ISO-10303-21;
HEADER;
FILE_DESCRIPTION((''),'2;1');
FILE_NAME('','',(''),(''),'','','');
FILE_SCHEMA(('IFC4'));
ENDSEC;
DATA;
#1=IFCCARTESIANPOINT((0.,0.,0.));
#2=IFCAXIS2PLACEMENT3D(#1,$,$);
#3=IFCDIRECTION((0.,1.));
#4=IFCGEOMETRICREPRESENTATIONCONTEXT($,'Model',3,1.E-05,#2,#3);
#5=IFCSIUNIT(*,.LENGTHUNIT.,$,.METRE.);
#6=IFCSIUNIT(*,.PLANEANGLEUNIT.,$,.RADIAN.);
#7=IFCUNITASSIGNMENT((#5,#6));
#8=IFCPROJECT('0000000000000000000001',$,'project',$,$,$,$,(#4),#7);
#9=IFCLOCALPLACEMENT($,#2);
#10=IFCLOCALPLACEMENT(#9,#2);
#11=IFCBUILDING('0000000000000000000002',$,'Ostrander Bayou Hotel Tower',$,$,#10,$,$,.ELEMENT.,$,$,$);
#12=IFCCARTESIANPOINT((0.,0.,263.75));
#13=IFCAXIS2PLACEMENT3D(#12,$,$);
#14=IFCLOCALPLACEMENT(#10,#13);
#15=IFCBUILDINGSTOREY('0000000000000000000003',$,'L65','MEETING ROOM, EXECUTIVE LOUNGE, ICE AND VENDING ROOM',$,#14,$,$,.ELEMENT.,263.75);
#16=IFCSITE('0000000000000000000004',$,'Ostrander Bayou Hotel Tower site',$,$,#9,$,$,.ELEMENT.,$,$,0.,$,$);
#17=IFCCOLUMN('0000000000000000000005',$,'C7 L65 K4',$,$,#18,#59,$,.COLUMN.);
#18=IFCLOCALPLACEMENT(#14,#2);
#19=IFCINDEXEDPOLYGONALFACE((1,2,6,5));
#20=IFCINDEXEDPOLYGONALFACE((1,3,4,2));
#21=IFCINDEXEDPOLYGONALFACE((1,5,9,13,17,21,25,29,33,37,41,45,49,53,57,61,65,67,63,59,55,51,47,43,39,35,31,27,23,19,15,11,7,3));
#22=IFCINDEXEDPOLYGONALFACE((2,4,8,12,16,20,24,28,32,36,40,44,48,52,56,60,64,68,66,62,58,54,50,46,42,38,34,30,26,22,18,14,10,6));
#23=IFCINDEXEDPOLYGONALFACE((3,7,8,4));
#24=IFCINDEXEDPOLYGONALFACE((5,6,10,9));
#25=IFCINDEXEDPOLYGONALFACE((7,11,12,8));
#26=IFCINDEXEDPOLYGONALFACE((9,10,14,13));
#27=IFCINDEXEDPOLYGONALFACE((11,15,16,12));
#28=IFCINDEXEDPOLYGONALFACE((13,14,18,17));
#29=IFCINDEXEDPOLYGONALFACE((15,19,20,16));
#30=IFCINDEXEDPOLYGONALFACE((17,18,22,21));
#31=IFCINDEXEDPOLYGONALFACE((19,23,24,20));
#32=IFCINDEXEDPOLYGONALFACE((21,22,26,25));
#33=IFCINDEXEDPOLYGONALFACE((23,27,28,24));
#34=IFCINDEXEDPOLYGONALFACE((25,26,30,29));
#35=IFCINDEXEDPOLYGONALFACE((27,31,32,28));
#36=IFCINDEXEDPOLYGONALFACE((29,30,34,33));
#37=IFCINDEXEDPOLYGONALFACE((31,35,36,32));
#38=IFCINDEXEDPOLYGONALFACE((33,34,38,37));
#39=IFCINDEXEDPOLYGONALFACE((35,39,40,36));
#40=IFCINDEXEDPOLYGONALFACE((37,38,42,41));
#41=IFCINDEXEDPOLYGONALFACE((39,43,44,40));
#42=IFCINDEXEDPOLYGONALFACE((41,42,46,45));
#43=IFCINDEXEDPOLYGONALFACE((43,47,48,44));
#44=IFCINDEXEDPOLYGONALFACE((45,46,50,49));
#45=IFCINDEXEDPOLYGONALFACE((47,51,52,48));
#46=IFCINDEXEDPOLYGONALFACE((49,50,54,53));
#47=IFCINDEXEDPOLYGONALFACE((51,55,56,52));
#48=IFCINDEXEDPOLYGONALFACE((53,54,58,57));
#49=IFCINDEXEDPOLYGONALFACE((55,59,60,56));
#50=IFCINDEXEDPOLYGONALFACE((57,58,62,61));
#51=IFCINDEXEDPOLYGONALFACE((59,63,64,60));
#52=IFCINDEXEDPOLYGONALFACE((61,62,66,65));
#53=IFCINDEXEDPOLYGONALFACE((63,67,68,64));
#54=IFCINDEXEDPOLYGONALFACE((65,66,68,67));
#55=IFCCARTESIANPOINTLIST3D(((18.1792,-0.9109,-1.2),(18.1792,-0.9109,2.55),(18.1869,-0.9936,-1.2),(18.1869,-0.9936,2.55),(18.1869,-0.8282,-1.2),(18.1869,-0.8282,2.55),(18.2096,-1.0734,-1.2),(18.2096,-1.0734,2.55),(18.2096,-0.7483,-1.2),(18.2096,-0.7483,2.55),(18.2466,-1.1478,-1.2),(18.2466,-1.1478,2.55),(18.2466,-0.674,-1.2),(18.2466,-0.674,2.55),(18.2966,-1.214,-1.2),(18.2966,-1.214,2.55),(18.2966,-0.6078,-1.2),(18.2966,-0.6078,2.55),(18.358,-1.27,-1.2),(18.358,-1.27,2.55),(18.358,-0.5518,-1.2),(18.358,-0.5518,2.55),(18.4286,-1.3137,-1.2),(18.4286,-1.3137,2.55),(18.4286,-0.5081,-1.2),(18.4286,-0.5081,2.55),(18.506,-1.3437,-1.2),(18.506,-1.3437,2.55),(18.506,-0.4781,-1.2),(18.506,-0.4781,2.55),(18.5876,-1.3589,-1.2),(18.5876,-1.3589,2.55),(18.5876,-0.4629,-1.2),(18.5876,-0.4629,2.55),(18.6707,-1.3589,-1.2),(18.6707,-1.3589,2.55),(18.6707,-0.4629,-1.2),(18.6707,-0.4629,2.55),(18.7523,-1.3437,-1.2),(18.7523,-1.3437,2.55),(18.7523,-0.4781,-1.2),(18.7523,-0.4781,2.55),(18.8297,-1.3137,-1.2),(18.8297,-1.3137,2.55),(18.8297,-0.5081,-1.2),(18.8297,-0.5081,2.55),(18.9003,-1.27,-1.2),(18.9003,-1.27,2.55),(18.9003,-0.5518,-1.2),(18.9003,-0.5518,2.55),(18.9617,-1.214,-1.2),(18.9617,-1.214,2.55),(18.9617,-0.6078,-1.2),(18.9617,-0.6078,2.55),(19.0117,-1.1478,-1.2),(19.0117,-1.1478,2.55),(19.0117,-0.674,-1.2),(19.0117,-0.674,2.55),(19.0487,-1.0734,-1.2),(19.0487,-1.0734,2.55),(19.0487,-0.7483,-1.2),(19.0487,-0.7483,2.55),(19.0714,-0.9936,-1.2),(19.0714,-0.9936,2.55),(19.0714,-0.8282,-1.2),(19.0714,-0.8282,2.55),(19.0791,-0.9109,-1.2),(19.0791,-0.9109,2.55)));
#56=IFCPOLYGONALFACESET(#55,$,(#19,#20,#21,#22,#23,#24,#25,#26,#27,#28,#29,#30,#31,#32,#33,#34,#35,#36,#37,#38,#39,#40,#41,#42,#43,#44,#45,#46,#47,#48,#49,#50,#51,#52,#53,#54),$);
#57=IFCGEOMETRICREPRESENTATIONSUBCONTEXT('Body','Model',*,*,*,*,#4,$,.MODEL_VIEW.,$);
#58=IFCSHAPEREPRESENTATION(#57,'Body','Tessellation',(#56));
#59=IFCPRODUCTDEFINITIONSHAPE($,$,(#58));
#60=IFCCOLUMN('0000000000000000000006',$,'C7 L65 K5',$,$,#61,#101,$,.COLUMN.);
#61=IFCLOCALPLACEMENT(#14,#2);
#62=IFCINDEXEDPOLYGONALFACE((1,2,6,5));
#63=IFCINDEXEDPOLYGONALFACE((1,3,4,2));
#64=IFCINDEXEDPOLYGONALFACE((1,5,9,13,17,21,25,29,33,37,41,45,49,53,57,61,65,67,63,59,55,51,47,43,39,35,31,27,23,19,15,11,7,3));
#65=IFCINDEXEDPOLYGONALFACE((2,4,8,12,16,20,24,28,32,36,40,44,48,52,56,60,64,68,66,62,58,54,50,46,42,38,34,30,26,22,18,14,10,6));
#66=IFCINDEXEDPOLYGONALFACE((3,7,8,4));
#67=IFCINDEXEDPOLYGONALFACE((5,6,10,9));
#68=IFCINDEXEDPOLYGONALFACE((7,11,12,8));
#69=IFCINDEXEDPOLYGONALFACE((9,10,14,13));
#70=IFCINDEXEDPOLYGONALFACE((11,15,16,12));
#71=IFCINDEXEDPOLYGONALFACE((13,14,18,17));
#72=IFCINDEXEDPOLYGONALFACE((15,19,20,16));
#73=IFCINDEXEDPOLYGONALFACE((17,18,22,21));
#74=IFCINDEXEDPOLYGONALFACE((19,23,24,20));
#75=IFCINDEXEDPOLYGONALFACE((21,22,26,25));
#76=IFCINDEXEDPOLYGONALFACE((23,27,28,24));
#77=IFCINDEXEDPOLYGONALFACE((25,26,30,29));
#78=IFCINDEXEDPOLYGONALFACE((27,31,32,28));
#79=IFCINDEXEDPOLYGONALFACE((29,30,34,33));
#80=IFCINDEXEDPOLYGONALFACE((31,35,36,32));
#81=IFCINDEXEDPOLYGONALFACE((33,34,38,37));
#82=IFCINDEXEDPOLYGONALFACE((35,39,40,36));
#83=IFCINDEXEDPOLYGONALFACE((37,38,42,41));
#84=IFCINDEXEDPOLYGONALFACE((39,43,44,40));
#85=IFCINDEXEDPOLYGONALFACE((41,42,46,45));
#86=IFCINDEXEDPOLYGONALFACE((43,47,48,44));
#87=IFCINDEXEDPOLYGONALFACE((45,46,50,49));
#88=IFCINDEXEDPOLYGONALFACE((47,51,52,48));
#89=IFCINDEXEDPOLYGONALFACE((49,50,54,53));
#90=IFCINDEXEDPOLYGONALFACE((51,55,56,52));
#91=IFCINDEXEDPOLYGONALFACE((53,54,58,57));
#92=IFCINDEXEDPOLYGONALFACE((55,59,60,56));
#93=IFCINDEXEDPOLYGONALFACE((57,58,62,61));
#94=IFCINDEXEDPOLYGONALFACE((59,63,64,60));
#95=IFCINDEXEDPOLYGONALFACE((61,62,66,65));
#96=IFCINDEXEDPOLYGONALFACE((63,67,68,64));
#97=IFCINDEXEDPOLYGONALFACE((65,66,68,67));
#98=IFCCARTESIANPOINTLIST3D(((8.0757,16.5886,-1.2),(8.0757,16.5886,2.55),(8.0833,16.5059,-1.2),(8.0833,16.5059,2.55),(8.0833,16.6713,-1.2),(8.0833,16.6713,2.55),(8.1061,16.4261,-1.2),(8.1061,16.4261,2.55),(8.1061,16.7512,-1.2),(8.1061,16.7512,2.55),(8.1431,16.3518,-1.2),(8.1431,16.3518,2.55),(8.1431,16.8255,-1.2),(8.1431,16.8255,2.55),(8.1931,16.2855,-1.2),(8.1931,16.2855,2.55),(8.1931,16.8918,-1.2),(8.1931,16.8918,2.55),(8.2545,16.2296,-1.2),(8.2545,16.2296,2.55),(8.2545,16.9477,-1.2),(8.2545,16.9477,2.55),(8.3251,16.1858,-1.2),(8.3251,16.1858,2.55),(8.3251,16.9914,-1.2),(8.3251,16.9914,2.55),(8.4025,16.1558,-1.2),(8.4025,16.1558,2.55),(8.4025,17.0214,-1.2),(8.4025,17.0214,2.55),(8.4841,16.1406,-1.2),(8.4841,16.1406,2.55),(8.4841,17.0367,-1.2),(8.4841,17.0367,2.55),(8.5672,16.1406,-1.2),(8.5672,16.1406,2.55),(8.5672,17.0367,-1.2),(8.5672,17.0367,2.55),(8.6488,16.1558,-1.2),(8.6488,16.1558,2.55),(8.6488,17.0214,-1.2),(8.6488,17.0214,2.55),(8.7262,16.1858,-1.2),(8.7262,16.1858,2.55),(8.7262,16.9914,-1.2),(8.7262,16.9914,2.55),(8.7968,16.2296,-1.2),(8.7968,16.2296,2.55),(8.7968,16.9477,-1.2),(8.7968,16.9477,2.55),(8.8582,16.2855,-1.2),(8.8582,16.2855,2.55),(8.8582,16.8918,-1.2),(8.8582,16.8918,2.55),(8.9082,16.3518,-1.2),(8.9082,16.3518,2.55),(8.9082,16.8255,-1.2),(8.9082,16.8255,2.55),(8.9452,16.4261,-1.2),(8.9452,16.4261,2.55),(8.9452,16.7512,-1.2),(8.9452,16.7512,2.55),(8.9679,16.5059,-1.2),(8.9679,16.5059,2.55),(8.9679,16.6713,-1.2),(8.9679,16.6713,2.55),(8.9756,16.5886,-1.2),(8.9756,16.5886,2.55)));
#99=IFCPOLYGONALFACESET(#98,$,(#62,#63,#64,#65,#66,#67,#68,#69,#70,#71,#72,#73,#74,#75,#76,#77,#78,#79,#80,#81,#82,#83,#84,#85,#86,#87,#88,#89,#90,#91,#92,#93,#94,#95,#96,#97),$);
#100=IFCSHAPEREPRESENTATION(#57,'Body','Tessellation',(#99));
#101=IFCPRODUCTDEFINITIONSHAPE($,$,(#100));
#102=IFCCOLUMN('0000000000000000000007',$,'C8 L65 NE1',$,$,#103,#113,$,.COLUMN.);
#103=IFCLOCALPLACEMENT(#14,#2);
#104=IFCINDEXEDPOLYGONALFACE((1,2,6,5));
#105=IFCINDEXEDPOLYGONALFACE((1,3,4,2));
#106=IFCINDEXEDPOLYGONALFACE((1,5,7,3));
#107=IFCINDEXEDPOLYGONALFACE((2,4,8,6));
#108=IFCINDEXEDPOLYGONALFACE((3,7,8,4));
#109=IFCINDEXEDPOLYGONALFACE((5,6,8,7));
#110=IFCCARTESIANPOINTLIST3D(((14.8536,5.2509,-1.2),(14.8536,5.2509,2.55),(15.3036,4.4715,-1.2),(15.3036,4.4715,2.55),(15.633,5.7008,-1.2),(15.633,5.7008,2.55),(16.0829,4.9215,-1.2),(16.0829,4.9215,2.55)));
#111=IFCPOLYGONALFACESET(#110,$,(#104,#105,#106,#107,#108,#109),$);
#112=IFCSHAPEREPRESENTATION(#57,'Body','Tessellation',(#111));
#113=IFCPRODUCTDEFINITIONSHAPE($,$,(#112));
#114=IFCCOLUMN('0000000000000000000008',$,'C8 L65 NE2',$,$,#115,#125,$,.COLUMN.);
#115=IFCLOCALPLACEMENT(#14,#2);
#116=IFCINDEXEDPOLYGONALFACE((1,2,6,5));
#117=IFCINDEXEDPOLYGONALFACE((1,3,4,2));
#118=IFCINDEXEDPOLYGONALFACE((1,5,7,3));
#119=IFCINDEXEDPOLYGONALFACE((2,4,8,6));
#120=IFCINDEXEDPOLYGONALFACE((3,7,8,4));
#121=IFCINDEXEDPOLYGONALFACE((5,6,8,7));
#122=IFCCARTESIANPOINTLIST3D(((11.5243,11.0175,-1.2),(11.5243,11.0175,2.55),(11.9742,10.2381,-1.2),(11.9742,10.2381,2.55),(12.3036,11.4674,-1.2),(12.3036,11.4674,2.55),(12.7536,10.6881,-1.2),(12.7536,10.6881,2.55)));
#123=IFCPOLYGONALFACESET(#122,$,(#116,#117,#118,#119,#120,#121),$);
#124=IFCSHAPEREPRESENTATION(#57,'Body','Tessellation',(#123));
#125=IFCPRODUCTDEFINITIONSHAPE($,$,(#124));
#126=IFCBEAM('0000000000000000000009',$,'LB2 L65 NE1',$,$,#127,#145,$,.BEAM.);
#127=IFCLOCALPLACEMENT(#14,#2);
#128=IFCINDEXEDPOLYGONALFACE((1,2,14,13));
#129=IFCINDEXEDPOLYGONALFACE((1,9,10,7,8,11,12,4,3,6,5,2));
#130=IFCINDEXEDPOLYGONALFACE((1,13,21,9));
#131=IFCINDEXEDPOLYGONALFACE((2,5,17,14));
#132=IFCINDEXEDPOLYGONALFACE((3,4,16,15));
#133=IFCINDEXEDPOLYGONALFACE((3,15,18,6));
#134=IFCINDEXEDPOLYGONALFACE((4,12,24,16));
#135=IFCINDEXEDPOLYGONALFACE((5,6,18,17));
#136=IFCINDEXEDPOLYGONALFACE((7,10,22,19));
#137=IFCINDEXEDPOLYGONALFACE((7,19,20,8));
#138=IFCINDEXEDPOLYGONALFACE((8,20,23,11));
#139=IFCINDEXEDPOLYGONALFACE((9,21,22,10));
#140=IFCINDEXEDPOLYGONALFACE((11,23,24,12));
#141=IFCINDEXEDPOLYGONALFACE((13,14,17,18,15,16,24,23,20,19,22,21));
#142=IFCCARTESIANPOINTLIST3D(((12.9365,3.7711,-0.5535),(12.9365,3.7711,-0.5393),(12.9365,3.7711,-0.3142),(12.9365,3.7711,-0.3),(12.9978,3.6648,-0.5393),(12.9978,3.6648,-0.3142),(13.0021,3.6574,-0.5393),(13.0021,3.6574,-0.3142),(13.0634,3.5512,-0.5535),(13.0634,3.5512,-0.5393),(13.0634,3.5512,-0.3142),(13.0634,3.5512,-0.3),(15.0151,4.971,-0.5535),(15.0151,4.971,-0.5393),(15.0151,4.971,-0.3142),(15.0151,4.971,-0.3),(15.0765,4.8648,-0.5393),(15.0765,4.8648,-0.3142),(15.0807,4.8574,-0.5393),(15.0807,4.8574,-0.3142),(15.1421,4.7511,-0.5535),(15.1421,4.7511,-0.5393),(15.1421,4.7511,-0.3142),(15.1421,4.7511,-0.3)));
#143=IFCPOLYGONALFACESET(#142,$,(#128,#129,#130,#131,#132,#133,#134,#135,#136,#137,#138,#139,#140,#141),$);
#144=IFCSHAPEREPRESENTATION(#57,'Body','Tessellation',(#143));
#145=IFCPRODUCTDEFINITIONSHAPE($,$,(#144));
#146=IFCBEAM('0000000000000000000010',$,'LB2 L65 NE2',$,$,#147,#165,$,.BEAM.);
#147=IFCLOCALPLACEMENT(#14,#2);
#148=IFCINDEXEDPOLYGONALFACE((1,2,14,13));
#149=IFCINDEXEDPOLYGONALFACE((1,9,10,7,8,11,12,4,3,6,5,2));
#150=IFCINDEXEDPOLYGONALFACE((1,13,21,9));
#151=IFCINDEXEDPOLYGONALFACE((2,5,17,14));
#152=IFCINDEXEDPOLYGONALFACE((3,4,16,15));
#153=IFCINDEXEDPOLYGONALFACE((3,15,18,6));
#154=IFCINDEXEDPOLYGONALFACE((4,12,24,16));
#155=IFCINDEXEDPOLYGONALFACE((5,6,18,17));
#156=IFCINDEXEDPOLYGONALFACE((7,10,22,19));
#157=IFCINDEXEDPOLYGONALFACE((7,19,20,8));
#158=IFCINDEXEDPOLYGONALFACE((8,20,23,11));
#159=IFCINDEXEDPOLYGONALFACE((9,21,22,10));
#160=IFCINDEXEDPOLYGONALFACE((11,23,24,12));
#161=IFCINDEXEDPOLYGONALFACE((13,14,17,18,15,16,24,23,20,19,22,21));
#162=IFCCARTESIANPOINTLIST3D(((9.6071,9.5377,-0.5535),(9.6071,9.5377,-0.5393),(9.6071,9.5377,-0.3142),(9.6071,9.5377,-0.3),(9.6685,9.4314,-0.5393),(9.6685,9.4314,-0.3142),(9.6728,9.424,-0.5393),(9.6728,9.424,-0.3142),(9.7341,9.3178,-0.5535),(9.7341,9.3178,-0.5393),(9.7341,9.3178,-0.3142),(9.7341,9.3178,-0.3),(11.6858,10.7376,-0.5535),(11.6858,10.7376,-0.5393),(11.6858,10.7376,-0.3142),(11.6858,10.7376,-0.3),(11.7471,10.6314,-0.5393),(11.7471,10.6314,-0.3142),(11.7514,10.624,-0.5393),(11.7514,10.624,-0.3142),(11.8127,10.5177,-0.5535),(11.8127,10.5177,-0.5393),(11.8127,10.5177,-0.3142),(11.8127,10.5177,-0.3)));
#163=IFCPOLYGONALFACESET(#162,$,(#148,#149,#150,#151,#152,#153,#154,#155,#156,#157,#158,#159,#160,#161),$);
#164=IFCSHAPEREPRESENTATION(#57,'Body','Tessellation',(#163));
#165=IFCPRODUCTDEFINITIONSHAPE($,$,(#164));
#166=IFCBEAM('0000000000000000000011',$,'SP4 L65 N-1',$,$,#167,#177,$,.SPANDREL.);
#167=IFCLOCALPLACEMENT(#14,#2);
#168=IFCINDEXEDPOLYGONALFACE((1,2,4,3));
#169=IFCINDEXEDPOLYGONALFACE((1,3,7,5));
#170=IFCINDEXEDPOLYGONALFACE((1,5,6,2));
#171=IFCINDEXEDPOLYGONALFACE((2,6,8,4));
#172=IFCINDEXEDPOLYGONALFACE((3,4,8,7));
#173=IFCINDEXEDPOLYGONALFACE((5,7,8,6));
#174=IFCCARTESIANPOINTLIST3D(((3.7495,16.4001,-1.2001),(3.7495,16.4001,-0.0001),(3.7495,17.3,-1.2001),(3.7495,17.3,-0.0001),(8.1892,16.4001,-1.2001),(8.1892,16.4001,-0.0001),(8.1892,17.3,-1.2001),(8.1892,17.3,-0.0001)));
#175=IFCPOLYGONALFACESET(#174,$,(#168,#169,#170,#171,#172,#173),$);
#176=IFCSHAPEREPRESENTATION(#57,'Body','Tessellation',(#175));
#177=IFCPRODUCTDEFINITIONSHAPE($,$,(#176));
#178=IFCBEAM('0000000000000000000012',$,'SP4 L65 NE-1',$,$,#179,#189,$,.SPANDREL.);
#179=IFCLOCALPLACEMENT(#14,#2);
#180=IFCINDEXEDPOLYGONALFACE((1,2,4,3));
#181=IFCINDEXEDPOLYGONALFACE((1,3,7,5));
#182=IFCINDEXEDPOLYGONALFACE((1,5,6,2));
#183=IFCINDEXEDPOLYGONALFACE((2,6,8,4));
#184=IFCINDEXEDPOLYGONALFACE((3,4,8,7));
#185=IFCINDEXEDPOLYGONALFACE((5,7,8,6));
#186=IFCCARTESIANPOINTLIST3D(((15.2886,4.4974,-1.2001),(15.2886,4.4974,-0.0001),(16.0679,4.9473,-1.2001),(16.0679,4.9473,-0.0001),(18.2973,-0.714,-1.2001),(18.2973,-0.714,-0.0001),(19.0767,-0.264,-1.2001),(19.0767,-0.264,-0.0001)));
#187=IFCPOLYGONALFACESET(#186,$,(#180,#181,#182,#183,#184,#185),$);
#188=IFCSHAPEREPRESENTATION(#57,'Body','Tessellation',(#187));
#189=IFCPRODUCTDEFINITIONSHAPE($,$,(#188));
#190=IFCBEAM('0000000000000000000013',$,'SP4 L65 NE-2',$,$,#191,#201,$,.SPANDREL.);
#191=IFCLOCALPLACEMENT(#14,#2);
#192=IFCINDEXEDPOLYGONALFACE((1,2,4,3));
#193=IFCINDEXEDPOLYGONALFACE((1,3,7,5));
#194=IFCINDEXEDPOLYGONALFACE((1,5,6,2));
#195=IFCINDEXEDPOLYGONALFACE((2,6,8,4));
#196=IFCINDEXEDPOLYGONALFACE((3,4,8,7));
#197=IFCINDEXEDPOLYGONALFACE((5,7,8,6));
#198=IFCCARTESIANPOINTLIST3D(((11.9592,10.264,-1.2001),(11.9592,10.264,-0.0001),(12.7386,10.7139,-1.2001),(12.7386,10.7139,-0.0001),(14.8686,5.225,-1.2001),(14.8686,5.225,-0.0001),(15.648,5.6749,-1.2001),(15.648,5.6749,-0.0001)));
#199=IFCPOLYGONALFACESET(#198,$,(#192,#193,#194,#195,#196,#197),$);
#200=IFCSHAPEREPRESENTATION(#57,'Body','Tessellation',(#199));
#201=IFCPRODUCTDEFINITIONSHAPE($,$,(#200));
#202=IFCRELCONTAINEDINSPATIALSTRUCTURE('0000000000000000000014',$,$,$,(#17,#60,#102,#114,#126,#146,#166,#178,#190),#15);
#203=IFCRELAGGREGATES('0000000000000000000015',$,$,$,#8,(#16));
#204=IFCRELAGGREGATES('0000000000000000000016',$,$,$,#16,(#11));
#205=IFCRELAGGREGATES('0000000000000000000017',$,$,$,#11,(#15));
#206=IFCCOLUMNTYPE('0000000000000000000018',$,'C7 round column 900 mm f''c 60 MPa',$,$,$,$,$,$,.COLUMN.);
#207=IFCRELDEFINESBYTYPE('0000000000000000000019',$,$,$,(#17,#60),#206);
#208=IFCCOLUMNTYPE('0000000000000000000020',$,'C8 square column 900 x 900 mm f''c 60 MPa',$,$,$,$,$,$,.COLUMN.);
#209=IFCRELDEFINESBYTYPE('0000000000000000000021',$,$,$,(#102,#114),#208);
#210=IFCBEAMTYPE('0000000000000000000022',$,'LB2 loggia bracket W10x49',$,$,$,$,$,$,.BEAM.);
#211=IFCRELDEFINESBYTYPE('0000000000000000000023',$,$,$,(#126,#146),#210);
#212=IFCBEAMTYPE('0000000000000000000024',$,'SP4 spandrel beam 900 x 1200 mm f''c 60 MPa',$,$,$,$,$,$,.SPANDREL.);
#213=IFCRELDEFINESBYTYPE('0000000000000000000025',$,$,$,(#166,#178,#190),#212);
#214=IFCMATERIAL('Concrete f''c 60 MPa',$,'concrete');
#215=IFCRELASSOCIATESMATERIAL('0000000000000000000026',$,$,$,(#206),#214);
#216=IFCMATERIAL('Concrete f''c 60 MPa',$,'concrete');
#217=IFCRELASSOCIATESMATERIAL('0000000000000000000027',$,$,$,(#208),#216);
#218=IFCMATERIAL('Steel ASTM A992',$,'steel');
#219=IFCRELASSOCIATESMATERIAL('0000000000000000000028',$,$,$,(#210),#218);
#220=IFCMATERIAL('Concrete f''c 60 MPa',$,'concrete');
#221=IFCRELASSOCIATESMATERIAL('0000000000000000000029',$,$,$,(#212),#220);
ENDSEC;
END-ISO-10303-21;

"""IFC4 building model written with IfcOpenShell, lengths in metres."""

from ifc_helpers import new_model, si_unit, direction, frame, origin, origin_2d, place, context, subcontext, project, spatial, rectangle, circle, i_section, extrude, material, material_profile, profile_set, type_object, element, save


model = new_model("IFC4")

# Units and contexts
model_context = context("Model", 3, precision=1e-05, world=origin(), true_north=direction((0.0, 1.0)))
body_context = subcontext(model_context, "Body", "Model", "MODEL_VIEW")
ifc_project = project(units=[si_unit("LENGTHUNIT", "METRE"), si_unit("PLANEANGLEUNIT", "RADIAN")], contexts=[model_context])

# Site, building, storey
site_placement = place(None, origin())
site = spatial("IfcSite", under=ifc_project, at=site_placement, Name="Ostrander Bayou Hotel Tower site", CompositionType="ELEMENT", RefElevation=0.0)
building_placement = place(site_placement, origin())
building = spatial("IfcBuilding", under=site, at=building_placement, Name="Ostrander Bayou Hotel Tower", CompositionType="ELEMENT")
storey_placement = place(building_placement, frame((0.0, 0.0, 263.75)))
storey = spatial("IfcBuildingStorey", under=building, at=storey_placement, Name="L65", Description="MEETING ROOM, EXECUTIVE LOUNGE, ICE AND VENDING ROOM", CompositionType="ELEMENT", Elevation=263.75)

# Columns
ifc_material_1 = material(Name="Concrete f'c 60 MPa", Category="concrete")
ifc_material_profile_1 = material_profile(ifc_material_1, circle(Radius=0.45, at=origin_2d()))
ifc_profile_set_1 = profile_set([ifc_material_profile_1], Name="Concrete f'c 60 MPa")
column_type_1 = type_object("IfcColumnType", Name="C7 round column 900 mm f'c 60 MPa", PredefinedType="COLUMN", material=ifc_profile_set_1)
for number, where, z_axis, x_axis, name in (
    (1, (18.6292, -0.9109, -1.2), (0.0, 0.0, 1.0), (1.0, 0.0, 0.0), "C7 L65 K4"),
    (2, (8.5256, 16.5886, -1.2), (0.0, 0.0, 1.0), (1.0, 0.0, 0.0), "C7 L65 K5"),
):
    element("IfcColumn", number, at=place(storey_placement, frame(where, z_axis=z_axis, x_axis=x_axis)), inside=storey, type_object=column_type_1, Name=name, PredefinedType="COLUMN", context=body_context, shape_type="SweptSolid", body=[
        extrude(circle(Radius=0.45, at=origin_2d()), origin(), (0.0, 0.0, 1.0), 3.75),
    ])
ifc_material_2 = material(Name="Concrete f'c 60 MPa", Category="concrete")
ifc_material_profile_2 = material_profile(ifc_material_2, rectangle(XDim=0.8999, YDim=0.8999, at=origin_2d()))
ifc_profile_set_2 = profile_set([ifc_material_profile_2], Name="Concrete f'c 60 MPa")
column_type_2 = type_object("IfcColumnType", Name="C8 square column 900 x 900 mm f'c 60 MPa", PredefinedType="COLUMN", material=ifc_profile_set_2)
for number, where, z_axis, x_axis, name in (
    (3, (15.4683, 5.0862, -1.2), (0.0, 0.0, 1.0), (0.5, -0.866025, 0.0), "C8 L65 NE1"),
    (4, (12.1389, 10.8528, -1.2), (0.0, 0.0, 1.0), (0.5, -0.866025, 0.0), "C8 L65 NE2"),
):
    element("IfcColumn", number, at=place(storey_placement, frame(where, z_axis=z_axis, x_axis=x_axis)), inside=storey, type_object=column_type_2, Name=name, PredefinedType="COLUMN", context=body_context, shape_type="SweptSolid", body=[
        extrude(rectangle(XDim=0.8999, YDim=0.8999, at=origin_2d()), origin(), (0.0, 0.0, 1.0), 3.75),
    ])

# Beams
ifc_material_3 = material(Name="Steel ASTM A992", Category="steel")
ifc_material_profile_3 = material_profile(ifc_material_3, i_section(OverallWidth=0.2539, OverallDepth=0.2534, WebThickness=0.0085, FlangeThickness=0.0142, at=origin_2d()))
ifc_profile_set_3 = profile_set([ifc_material_profile_3], Name="Steel ASTM A992")
beam_type_1 = type_object("IfcBeamType", Name="LB2 loggia bracket W10x49", PredefinedType="BEAM", material=ifc_profile_set_3)
for number, where, z_axis, x_axis, name in (
    (5, (15.0786, 4.8611, -0.4268), (-0.86605, -0.499957, 0.0), (0.499957, -0.86605, 0.0), "LB2 L65 NE1"),
    (6, (11.7493, 10.6277, -0.4268), (-0.86605, -0.499957, 0.0), (0.499957, -0.86605, 0.0), "LB2 L65 NE2"),
):
    element("IfcBeam", number, at=place(storey_placement, frame(where, z_axis=z_axis, x_axis=x_axis)), inside=storey, type_object=beam_type_1, Name=name, PredefinedType="BEAM", context=body_context, shape_type="SweptSolid", body=[
        extrude(i_section(OverallWidth=0.2539, OverallDepth=0.2534, WebThickness=0.0085, FlangeThickness=0.0142, at=origin_2d()), origin(), (0.0, 0.0, 1.0), 2.4001),
    ])
ifc_material_4 = material(Name="Concrete f'c 60 MPa", Category="concrete")
ifc_material_profile_4 = material_profile(ifc_material_4, rectangle(XDim=0.8999, YDim=1.2, at=origin_2d()))
ifc_profile_set_4 = profile_set([ifc_material_profile_4], Name="Concrete f'c 60 MPa")
beam_type_2 = type_object("IfcBeamType", Name="SP4 spandrel beam 900 x 1200 mm f'c 60 MPa", PredefinedType="SPANDREL", material=ifc_profile_set_4)
beam_1_placement = place(storey_placement, frame((8.1892, 16.8501, -0.6001), z_axis=(-1.0, 0.0, 0.0), x_axis=(0.0, -1.0, 0.0)))
element("IfcBeam", 7, at=beam_1_placement, inside=storey, type_object=beam_type_2, Name="SP4 L65 N-1", PredefinedType="SPANDREL", context=body_context, shape_type="SweptSolid", body=[
    extrude(rectangle(XDim=0.8999, YDim=1.2, at=origin_2d()), origin(), (0.0, 0.0, 1.0), 4.4397),
])
beam_2_placement = place(storey_placement, frame((18.687, -0.489, -0.6001), z_axis=(-0.499996, 0.866027, 0.0), x_axis=(-0.866027, -0.499996, 0.0)))
element("IfcBeam", 8, at=beam_2_placement, inside=storey, type_object=beam_type_2, Name="SP4 L65 NE-1", PredefinedType="SPANDREL", context=body_context, shape_type="SweptSolid", body=[
    extrude(rectangle(XDim=0.8999, YDim=1.2, at=origin_2d()), origin(), (0.0, 0.0, 1.0), 6.0176),
])
beam_3_placement = place(storey_placement, frame((15.2583, 5.45, -0.6001), z_axis=(-0.500015, 0.866016, 0.0), x_axis=(-0.866016, -0.500015, 0.0)))
element("IfcBeam", 9, at=beam_3_placement, inside=storey, type_object=beam_type_2, Name="SP4 L65 NE-2", PredefinedType="SPANDREL", context=body_context, shape_type="SweptSolid", body=[
    extrude(rectangle(XDim=0.8999, YDim=1.2, at=origin_2d()), origin(), (0.0, 0.0, 1.0), 5.8186),
])

save(model, "model.ifc")
